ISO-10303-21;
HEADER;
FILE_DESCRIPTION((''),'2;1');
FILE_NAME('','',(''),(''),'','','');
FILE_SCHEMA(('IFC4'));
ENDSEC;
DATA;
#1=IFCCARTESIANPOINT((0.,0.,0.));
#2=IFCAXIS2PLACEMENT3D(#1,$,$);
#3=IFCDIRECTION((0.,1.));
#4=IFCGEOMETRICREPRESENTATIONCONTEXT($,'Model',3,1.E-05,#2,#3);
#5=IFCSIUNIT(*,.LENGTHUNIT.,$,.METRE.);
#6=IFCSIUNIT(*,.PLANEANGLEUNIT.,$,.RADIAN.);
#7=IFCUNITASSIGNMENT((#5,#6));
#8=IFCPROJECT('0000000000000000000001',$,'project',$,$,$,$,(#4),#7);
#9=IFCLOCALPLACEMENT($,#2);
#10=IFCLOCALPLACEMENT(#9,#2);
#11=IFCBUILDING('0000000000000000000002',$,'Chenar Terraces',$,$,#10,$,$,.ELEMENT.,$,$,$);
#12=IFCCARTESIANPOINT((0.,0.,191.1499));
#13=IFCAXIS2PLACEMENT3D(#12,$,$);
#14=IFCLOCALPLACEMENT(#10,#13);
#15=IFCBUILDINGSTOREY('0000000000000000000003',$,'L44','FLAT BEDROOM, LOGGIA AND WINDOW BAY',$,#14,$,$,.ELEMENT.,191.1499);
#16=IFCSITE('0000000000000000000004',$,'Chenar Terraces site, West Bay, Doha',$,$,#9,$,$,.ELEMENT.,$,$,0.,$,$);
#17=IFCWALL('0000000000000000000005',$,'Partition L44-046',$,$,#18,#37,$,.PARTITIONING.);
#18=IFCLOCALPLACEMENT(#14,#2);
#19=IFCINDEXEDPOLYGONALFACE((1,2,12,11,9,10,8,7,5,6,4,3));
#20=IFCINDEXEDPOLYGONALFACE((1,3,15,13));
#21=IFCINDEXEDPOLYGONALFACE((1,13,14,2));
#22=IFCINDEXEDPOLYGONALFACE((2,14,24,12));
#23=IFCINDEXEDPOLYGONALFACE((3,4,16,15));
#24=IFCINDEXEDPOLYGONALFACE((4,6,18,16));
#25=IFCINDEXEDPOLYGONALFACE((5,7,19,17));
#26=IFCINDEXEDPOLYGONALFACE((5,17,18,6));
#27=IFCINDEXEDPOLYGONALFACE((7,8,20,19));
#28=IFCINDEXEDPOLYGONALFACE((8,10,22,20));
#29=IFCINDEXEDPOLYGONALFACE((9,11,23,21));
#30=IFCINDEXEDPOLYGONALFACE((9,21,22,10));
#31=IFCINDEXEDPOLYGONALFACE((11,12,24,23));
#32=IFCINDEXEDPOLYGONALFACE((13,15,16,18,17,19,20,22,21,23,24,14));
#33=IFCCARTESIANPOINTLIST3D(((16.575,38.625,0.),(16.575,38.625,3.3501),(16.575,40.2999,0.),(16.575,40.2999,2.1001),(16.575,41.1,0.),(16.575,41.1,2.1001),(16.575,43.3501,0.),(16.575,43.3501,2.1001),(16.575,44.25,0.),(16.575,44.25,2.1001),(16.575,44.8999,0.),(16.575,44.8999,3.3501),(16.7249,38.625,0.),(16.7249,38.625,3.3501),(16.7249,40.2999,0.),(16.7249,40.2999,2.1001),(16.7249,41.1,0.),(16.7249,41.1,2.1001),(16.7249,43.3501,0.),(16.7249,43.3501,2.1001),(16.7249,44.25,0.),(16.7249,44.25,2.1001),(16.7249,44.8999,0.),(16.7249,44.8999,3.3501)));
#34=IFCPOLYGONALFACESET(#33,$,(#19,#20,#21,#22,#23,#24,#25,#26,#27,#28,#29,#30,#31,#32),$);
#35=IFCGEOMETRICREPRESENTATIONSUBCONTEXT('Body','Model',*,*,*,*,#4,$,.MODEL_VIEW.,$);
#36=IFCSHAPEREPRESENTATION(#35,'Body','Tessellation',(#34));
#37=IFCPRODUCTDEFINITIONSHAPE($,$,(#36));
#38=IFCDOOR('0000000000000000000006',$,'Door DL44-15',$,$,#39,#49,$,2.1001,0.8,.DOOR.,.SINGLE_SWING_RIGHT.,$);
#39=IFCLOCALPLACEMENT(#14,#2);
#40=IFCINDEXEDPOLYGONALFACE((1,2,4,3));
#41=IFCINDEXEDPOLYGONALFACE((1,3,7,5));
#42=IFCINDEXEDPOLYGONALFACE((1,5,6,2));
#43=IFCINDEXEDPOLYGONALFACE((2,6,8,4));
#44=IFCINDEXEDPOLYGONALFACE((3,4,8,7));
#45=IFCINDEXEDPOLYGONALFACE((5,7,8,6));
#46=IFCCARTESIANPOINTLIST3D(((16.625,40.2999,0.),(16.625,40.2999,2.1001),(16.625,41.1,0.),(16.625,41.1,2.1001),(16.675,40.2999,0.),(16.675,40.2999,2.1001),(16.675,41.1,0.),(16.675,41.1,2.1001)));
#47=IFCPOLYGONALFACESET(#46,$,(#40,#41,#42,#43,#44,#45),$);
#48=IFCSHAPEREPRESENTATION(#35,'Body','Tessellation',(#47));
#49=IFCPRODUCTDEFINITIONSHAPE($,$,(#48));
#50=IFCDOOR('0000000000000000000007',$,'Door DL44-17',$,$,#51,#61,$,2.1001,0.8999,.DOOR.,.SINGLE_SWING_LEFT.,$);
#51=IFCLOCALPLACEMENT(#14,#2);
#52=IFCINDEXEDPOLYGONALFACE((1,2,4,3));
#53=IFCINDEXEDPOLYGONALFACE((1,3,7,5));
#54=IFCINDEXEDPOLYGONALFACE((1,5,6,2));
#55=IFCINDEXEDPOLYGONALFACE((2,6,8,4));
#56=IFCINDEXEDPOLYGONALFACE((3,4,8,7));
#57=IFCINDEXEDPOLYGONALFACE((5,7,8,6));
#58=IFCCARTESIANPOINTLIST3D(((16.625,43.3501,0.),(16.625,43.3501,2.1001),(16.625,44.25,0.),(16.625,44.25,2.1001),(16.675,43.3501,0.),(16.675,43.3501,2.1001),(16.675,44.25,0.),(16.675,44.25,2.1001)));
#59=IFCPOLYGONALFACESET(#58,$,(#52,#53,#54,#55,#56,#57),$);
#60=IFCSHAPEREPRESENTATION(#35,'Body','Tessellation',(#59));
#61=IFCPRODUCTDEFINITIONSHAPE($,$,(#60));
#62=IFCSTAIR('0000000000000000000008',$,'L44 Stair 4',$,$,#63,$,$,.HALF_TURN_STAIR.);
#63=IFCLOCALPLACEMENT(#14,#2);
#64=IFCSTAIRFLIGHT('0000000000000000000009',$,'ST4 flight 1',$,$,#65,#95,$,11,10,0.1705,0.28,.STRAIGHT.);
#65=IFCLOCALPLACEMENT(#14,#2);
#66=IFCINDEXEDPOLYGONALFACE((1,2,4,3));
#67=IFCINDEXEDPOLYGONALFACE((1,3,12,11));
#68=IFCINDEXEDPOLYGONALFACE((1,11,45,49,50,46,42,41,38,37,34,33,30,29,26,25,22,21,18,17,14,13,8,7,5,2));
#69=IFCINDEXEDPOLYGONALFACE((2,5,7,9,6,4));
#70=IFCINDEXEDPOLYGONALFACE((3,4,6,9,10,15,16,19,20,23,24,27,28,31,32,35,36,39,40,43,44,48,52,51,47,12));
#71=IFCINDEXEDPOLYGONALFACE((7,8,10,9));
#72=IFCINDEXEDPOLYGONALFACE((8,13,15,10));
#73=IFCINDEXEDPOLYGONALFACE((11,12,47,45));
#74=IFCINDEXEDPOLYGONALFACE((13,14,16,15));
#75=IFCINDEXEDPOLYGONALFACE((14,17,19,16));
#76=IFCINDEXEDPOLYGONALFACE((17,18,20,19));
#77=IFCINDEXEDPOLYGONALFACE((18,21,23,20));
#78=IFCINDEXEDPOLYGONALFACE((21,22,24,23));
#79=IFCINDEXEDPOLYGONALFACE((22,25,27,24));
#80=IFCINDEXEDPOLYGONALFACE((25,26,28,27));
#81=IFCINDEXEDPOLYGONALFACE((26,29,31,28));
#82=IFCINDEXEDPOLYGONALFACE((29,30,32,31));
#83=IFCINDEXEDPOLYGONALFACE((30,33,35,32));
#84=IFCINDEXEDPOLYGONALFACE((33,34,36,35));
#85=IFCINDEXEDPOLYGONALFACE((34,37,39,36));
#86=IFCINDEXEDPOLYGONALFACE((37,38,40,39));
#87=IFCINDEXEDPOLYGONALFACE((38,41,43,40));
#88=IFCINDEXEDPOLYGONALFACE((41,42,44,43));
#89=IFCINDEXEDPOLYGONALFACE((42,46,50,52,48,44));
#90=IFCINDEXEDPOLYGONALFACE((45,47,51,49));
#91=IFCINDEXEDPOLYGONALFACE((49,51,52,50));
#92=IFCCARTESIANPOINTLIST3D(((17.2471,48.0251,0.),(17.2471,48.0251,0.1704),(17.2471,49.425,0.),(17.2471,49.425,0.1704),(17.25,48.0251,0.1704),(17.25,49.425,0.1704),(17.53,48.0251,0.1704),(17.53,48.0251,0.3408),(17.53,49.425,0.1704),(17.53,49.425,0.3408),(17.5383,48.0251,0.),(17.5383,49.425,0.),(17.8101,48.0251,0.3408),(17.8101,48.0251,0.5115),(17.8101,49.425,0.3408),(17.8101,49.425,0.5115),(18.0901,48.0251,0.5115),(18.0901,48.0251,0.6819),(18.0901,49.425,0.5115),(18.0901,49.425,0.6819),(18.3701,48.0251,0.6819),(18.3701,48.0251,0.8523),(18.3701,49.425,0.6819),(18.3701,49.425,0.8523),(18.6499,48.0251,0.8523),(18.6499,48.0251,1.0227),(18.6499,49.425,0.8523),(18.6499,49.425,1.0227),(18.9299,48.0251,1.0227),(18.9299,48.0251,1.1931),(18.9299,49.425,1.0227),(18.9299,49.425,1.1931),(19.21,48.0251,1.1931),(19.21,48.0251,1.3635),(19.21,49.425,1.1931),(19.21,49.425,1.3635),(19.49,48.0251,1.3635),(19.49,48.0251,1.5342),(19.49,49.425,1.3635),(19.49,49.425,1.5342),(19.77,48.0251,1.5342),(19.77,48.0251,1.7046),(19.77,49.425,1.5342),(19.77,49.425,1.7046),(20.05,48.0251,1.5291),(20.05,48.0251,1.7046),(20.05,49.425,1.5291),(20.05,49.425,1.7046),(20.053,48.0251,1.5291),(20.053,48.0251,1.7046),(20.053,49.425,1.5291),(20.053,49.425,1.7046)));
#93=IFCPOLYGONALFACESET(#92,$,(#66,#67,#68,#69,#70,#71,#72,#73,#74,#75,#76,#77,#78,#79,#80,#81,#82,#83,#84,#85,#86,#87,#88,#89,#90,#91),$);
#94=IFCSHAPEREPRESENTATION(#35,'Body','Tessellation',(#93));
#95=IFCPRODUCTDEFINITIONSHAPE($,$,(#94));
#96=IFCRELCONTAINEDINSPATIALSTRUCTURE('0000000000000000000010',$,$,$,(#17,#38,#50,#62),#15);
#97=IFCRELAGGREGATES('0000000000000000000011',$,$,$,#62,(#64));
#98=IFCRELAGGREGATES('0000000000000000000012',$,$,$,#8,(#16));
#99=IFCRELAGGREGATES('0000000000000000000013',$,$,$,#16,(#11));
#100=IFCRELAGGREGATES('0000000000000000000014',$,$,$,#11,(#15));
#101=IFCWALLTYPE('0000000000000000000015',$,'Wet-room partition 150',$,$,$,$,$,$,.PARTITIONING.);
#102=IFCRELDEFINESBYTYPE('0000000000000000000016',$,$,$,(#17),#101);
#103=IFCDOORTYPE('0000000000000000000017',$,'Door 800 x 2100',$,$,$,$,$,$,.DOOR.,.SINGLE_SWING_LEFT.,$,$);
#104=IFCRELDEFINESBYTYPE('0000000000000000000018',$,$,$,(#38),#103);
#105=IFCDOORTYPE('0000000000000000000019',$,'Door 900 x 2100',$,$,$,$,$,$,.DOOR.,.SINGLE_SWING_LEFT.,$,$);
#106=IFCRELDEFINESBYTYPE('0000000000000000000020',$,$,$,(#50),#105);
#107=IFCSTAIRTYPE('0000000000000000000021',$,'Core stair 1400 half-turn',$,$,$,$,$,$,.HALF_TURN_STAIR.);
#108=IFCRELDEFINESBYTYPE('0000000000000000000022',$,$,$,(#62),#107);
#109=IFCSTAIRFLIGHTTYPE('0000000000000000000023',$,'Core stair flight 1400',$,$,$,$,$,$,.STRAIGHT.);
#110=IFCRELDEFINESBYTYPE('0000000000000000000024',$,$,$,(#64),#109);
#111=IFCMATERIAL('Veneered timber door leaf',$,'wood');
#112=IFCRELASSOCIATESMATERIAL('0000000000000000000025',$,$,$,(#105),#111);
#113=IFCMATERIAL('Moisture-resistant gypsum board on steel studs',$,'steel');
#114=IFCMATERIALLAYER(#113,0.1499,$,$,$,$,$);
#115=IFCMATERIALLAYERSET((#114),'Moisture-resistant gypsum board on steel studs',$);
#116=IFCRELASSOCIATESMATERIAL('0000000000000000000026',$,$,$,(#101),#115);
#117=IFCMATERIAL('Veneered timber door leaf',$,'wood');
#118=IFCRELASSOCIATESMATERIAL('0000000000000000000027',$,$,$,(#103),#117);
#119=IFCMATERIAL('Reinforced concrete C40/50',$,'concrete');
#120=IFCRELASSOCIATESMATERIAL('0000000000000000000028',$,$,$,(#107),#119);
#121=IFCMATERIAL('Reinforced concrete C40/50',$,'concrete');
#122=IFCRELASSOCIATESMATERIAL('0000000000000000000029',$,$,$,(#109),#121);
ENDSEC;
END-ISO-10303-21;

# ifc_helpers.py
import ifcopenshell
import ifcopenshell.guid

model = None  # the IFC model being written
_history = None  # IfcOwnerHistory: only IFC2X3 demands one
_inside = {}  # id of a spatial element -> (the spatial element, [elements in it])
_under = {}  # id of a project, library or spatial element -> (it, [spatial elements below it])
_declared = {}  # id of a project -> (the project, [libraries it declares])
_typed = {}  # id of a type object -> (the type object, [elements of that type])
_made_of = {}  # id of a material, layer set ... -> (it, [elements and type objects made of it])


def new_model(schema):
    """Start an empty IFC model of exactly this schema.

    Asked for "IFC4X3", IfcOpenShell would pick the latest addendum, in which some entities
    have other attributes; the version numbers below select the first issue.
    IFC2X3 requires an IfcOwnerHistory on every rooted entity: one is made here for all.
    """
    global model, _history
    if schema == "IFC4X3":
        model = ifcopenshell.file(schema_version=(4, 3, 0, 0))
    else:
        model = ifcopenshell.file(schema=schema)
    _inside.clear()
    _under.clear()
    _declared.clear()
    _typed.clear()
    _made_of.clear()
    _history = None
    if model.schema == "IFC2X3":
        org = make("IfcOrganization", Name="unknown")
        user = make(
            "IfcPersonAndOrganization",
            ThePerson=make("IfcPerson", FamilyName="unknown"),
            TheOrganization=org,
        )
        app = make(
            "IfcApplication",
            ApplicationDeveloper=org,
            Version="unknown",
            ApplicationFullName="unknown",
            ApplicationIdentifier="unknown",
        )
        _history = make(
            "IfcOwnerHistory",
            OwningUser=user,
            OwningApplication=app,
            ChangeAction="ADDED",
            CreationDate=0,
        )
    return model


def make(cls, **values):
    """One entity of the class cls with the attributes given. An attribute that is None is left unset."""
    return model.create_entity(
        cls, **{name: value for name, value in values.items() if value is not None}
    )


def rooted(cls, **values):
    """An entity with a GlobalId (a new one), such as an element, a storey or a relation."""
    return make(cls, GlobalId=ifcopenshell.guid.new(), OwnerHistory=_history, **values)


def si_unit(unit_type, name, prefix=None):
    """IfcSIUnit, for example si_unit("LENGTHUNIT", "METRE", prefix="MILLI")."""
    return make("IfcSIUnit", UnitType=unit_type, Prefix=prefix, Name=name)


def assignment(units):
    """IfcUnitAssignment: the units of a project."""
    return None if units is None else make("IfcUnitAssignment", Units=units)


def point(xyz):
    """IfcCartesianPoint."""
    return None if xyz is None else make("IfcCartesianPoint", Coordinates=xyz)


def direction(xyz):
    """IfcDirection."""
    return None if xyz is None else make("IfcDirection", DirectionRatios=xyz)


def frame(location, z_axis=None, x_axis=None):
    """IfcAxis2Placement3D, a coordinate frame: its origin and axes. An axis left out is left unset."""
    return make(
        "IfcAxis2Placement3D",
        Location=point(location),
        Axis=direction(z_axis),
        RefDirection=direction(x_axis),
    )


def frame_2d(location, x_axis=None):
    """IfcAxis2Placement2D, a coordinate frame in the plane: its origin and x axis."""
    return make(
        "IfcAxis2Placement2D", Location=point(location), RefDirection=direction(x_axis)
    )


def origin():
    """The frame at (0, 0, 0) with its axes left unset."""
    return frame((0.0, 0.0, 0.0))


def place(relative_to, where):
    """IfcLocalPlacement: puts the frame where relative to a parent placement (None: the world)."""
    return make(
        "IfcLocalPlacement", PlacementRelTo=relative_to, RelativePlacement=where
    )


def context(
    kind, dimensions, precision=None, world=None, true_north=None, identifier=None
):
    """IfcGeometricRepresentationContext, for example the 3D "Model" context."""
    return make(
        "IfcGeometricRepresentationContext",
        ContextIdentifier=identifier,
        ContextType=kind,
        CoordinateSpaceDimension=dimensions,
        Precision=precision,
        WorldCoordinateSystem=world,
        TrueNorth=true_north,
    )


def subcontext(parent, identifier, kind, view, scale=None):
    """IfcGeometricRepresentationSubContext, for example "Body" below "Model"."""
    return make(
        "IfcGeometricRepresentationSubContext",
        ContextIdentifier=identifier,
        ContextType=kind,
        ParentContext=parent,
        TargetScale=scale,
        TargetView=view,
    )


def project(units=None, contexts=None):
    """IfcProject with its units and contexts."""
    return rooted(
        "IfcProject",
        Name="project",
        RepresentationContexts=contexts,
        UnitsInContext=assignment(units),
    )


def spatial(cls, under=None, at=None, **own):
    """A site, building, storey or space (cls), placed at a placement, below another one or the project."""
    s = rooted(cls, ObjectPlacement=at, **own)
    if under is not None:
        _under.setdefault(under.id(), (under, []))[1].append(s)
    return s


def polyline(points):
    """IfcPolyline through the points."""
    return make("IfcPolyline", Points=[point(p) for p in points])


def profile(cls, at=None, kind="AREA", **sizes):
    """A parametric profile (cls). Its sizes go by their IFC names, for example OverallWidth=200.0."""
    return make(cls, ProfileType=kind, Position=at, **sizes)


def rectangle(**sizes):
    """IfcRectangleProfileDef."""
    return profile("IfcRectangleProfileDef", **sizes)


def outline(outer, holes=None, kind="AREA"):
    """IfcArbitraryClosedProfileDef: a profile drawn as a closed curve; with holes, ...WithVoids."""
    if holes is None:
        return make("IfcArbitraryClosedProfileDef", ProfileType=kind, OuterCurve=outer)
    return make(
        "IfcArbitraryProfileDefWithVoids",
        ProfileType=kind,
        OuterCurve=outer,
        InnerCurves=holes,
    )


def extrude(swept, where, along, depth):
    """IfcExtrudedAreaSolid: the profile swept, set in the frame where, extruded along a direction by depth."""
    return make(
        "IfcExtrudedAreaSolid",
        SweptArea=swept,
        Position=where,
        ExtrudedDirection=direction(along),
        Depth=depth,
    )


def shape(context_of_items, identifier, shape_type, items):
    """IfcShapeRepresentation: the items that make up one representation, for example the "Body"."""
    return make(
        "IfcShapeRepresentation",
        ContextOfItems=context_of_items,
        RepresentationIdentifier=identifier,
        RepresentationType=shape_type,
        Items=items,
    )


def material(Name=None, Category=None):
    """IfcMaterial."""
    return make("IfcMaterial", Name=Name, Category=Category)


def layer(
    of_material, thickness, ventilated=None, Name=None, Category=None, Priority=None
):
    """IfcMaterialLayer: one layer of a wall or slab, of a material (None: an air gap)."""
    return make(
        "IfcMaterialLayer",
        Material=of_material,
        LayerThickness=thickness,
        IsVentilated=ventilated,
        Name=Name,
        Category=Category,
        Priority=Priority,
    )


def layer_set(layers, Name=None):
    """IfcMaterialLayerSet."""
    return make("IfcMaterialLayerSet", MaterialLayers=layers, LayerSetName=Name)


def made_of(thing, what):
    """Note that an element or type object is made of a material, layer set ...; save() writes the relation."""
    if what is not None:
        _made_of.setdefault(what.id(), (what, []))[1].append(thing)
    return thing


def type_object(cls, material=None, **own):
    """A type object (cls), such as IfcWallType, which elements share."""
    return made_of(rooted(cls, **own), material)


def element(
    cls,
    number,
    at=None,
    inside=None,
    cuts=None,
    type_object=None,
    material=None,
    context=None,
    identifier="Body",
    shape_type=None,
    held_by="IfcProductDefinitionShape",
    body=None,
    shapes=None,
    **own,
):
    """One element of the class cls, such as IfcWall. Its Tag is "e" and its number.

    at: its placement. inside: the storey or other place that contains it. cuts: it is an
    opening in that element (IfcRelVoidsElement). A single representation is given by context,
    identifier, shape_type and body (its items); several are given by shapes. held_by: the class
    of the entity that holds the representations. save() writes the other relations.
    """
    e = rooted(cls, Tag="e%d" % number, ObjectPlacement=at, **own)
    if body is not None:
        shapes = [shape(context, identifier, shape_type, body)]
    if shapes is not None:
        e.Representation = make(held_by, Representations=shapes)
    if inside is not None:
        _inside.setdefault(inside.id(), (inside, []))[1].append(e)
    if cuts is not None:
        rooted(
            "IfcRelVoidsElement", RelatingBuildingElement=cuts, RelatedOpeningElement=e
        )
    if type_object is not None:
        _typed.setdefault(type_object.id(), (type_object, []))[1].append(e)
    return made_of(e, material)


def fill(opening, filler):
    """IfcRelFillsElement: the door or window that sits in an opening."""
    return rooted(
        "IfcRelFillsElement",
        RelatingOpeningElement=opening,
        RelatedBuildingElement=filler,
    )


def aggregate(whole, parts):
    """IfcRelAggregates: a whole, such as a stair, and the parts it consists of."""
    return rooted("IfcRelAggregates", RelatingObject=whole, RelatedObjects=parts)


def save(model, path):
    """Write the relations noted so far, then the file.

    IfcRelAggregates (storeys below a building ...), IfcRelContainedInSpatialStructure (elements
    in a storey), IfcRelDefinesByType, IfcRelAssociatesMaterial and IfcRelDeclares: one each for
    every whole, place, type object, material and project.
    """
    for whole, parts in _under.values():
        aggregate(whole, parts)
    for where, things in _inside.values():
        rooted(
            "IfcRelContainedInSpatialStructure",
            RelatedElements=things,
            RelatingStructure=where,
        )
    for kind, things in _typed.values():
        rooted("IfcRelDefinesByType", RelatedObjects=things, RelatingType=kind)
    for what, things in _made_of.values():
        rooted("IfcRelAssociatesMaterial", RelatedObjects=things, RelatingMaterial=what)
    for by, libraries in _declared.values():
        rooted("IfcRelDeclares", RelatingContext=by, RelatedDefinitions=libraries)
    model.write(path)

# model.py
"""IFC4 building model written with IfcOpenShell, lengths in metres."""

from ifc_helpers import new_model, si_unit, direction, frame, frame_2d, origin, place, context, subcontext, project, spatial, polyline, rectangle, outline, extrude, material, layer, layer_set, type_object, element, fill, aggregate, save


model = new_model("IFC4")

# Units and contexts
model_context = context("Model", 3, precision=1e-05, world=origin(), true_north=direction((0.0, 1.0)))
body_context = subcontext(model_context, "Body", "Model", "MODEL_VIEW")
ifc_project = project(units=[si_unit("LENGTHUNIT", "METRE"), si_unit("PLANEANGLEUNIT", "RADIAN")], contexts=[model_context])

# Site, building, storey
site_placement = place(None, origin())
site = spatial("IfcSite", under=ifc_project, at=site_placement, Name="Chenar Terraces site, West Bay, Doha", CompositionType="ELEMENT", RefElevation=0.0)
building_placement = place(site_placement, origin())
building = spatial("IfcBuilding", under=site, at=building_placement, Name="Chenar Terraces", CompositionType="ELEMENT")
storey_placement = place(building_placement, frame((0.0, 0.0, 191.1499)))
storey = spatial("IfcBuildingStorey", under=building, at=storey_placement, Name="L44", Description="FLAT BEDROOM, LOGGIA AND WINDOW BAY", CompositionType="ELEMENT", Elevation=191.1499)

# Shared definitions
ifc_material_1 = material(Name="Veneered timber door leaf", Category="wood")
door_type_1 = type_object("IfcDoorType", Name="Door 900 x 2100", OperationType="SINGLE_SWING_LEFT", PredefinedType="DOOR", material=ifc_material_1)

# Shared definitions
ifc_material_2 = material(Name="Moisture-resistant gypsum board on steel studs", Category="steel")
ifc_layer_1 = layer(ifc_material_2, 0.1499)
ifc_layer_set_1 = layer_set([ifc_layer_1], Name="Moisture-resistant gypsum board on steel studs")
wall_type_1 = type_object("IfcWallType", Name="Wet-room partition 150", PredefinedType="PARTITIONING", material=ifc_layer_set_1)

# Wall, openings, doors
wall_1_placement = place(storey_placement, frame((16.6499, 38.625, 0.0), z_axis=(0.0, 0.0, 1.0), x_axis=(0.0, 1.0, 0.0)))
wall_1 = element("IfcWall", 1, at=wall_1_placement, inside=storey, type_object=wall_type_1, Name="Partition L44-046", PredefinedType="PARTITIONING", context=body_context, shape_type="SweptSolid", body=[
    extrude(rectangle(XDim=6.2749, YDim=0.1499, at=frame_2d((3.1375, 0.0))), origin(), (0.0, 0.0, 1.0), 3.3501),
])
opening_1_placement = place(wall_1_placement, frame((1.675, 0.0, 0.0)))
opening_1 = element("IfcOpeningElement", 2, at=opening_1_placement, cuts=wall_1, PredefinedType="OPENING", context=body_context, shape_type="SweptSolid", body=[
    extrude(rectangle(XDim=0.8, YDim=2.1001, at=frame_2d((0.3999, 1.05))), frame((0.0, 0.085, 0.0), z_axis=(0.0, -1.0, 0.0), x_axis=(1.0, 0.0, 0.0)), (0.0, 0.0, 1.0), 0.1699),
])
opening_2_placement = place(wall_1_placement, frame((4.7251, 0.0, 0.0)))
opening_2 = element("IfcOpeningElement", 3, at=opening_2_placement, cuts=wall_1, PredefinedType="OPENING", context=body_context, shape_type="SweptSolid", body=[
    extrude(rectangle(XDim=0.8999, YDim=2.1001, at=frame_2d((0.45, 1.05))), frame((0.0, 0.085, 0.0), z_axis=(0.0, -1.0, 0.0), x_axis=(1.0, 0.0, 0.0)), (0.0, 0.0, 1.0), 0.1699),
])
ifc_material_3 = material(Name="Veneered timber door leaf", Category="wood")
door_type_2 = type_object("IfcDoorType", Name="Door 800 x 2100", OperationType="SINGLE_SWING_LEFT", PredefinedType="DOOR", material=ifc_material_3)
door_1_placement = place(opening_1_placement, origin())
door_1 = element("IfcDoor", 4, at=door_1_placement, inside=storey, type_object=door_type_2, Name="Door DL44-15", OperationType="SINGLE_SWING_RIGHT", OverallHeight=2.1001, OverallWidth=0.8, PredefinedType="DOOR", context=body_context, shape_type="SweptSolid", body=[
    extrude(rectangle(XDim=0.8, YDim=2.1001, at=frame_2d((0.3999, 1.05))), frame((0.0, 0.0249, 0.0), z_axis=(0.0, -1.0, 0.0), x_axis=(1.0, 0.0, 0.0)), (0.0, 0.0, 1.0), 0.05),
])
fill(opening_1, door_1)
door_2_placement = place(opening_2_placement, origin())
door_2 = element("IfcDoor", 5, at=door_2_placement, inside=storey, type_object=door_type_1, Name="Door DL44-17", OperationType="SINGLE_SWING_LEFT", OverallHeight=2.1001, OverallWidth=0.8999, PredefinedType="DOOR", context=body_context, shape_type="SweptSolid", body=[
    extrude(rectangle(XDim=0.8999, YDim=2.1001, at=frame_2d((0.45, 1.05))), frame((0.0, 0.0249, 0.0), z_axis=(0.0, -1.0, 0.0), x_axis=(1.0, 0.0, 0.0)), (0.0, 0.0, 1.0), 0.05),
])
fill(opening_2, door_2)

# Stair, stair flight
ifc_material_4 = material(Name="Reinforced concrete C40/50", Category="concrete")
stair_type = type_object("IfcStairType", Name="Core stair 1400 half-turn", PredefinedType="HALF_TURN_STAIR", material=ifc_material_4)
stair_placement = place(storey_placement, origin())
stair = element("IfcStair", 6, at=stair_placement, inside=storey, type_object=stair_type, Name="L44 Stair 4", PredefinedType="HALF_TURN_STAIR")
ifc_material_5 = material(Name="Reinforced concrete C40/50", Category="concrete")
stair_flight_type = type_object("IfcStairFlightType", Name="Core stair flight 1400", PredefinedType="STRAIGHT", material=ifc_material_5)
stair_flight_placement = place(storey_placement, frame((17.25, 48.7251, 0.0), z_axis=(0.0, 0.0, 1.0), x_axis=(1.0, 0.0, 0.0)))
stair_flight = element("IfcStairFlight", 7, at=stair_flight_placement, type_object=stair_flight_type, Name="ST4 flight 1", NumberOfRisers=11, NumberOfTreads=10, PredefinedType="STRAIGHT", RiserHeight=0.1705, TreadLength=0.28, context=body_context, shape_type="SweptSolid", body=[
    extrude(outline(polyline([(-0.0029, 0.0), (-0.0029, 0.1704), (0.0, 0.1704), (0.28, 0.1704), (0.28, 0.3408), (0.5601, 0.3408), (0.5601, 0.5115), (0.8401, 0.5115), (0.8401, 0.6819), (1.1201, 0.6819), (1.1201, 0.8523), (1.3999, 0.8523), (1.3999, 1.0227), (1.6799, 1.0227), (1.6799, 1.1931), (1.96, 1.1931), (1.96, 1.3635), (2.24, 1.3635), (2.24, 1.5342), (2.52, 1.5342), (2.52, 1.7046), (2.8, 1.7046), (2.803, 1.7046), (2.803, 1.5291), (2.8, 1.5291), (0.2883, 0.0), (-0.0029, 0.0)])), frame((0.0, 0.7, 0.0), z_axis=(0.0, -1.0, 0.0), x_axis=(1.0, 0.0, 0.0)), (0.0, 0.0, 1.0), 1.3999),
])
aggregate(stair, [stair_flight])

save(model, "model.ifc")
